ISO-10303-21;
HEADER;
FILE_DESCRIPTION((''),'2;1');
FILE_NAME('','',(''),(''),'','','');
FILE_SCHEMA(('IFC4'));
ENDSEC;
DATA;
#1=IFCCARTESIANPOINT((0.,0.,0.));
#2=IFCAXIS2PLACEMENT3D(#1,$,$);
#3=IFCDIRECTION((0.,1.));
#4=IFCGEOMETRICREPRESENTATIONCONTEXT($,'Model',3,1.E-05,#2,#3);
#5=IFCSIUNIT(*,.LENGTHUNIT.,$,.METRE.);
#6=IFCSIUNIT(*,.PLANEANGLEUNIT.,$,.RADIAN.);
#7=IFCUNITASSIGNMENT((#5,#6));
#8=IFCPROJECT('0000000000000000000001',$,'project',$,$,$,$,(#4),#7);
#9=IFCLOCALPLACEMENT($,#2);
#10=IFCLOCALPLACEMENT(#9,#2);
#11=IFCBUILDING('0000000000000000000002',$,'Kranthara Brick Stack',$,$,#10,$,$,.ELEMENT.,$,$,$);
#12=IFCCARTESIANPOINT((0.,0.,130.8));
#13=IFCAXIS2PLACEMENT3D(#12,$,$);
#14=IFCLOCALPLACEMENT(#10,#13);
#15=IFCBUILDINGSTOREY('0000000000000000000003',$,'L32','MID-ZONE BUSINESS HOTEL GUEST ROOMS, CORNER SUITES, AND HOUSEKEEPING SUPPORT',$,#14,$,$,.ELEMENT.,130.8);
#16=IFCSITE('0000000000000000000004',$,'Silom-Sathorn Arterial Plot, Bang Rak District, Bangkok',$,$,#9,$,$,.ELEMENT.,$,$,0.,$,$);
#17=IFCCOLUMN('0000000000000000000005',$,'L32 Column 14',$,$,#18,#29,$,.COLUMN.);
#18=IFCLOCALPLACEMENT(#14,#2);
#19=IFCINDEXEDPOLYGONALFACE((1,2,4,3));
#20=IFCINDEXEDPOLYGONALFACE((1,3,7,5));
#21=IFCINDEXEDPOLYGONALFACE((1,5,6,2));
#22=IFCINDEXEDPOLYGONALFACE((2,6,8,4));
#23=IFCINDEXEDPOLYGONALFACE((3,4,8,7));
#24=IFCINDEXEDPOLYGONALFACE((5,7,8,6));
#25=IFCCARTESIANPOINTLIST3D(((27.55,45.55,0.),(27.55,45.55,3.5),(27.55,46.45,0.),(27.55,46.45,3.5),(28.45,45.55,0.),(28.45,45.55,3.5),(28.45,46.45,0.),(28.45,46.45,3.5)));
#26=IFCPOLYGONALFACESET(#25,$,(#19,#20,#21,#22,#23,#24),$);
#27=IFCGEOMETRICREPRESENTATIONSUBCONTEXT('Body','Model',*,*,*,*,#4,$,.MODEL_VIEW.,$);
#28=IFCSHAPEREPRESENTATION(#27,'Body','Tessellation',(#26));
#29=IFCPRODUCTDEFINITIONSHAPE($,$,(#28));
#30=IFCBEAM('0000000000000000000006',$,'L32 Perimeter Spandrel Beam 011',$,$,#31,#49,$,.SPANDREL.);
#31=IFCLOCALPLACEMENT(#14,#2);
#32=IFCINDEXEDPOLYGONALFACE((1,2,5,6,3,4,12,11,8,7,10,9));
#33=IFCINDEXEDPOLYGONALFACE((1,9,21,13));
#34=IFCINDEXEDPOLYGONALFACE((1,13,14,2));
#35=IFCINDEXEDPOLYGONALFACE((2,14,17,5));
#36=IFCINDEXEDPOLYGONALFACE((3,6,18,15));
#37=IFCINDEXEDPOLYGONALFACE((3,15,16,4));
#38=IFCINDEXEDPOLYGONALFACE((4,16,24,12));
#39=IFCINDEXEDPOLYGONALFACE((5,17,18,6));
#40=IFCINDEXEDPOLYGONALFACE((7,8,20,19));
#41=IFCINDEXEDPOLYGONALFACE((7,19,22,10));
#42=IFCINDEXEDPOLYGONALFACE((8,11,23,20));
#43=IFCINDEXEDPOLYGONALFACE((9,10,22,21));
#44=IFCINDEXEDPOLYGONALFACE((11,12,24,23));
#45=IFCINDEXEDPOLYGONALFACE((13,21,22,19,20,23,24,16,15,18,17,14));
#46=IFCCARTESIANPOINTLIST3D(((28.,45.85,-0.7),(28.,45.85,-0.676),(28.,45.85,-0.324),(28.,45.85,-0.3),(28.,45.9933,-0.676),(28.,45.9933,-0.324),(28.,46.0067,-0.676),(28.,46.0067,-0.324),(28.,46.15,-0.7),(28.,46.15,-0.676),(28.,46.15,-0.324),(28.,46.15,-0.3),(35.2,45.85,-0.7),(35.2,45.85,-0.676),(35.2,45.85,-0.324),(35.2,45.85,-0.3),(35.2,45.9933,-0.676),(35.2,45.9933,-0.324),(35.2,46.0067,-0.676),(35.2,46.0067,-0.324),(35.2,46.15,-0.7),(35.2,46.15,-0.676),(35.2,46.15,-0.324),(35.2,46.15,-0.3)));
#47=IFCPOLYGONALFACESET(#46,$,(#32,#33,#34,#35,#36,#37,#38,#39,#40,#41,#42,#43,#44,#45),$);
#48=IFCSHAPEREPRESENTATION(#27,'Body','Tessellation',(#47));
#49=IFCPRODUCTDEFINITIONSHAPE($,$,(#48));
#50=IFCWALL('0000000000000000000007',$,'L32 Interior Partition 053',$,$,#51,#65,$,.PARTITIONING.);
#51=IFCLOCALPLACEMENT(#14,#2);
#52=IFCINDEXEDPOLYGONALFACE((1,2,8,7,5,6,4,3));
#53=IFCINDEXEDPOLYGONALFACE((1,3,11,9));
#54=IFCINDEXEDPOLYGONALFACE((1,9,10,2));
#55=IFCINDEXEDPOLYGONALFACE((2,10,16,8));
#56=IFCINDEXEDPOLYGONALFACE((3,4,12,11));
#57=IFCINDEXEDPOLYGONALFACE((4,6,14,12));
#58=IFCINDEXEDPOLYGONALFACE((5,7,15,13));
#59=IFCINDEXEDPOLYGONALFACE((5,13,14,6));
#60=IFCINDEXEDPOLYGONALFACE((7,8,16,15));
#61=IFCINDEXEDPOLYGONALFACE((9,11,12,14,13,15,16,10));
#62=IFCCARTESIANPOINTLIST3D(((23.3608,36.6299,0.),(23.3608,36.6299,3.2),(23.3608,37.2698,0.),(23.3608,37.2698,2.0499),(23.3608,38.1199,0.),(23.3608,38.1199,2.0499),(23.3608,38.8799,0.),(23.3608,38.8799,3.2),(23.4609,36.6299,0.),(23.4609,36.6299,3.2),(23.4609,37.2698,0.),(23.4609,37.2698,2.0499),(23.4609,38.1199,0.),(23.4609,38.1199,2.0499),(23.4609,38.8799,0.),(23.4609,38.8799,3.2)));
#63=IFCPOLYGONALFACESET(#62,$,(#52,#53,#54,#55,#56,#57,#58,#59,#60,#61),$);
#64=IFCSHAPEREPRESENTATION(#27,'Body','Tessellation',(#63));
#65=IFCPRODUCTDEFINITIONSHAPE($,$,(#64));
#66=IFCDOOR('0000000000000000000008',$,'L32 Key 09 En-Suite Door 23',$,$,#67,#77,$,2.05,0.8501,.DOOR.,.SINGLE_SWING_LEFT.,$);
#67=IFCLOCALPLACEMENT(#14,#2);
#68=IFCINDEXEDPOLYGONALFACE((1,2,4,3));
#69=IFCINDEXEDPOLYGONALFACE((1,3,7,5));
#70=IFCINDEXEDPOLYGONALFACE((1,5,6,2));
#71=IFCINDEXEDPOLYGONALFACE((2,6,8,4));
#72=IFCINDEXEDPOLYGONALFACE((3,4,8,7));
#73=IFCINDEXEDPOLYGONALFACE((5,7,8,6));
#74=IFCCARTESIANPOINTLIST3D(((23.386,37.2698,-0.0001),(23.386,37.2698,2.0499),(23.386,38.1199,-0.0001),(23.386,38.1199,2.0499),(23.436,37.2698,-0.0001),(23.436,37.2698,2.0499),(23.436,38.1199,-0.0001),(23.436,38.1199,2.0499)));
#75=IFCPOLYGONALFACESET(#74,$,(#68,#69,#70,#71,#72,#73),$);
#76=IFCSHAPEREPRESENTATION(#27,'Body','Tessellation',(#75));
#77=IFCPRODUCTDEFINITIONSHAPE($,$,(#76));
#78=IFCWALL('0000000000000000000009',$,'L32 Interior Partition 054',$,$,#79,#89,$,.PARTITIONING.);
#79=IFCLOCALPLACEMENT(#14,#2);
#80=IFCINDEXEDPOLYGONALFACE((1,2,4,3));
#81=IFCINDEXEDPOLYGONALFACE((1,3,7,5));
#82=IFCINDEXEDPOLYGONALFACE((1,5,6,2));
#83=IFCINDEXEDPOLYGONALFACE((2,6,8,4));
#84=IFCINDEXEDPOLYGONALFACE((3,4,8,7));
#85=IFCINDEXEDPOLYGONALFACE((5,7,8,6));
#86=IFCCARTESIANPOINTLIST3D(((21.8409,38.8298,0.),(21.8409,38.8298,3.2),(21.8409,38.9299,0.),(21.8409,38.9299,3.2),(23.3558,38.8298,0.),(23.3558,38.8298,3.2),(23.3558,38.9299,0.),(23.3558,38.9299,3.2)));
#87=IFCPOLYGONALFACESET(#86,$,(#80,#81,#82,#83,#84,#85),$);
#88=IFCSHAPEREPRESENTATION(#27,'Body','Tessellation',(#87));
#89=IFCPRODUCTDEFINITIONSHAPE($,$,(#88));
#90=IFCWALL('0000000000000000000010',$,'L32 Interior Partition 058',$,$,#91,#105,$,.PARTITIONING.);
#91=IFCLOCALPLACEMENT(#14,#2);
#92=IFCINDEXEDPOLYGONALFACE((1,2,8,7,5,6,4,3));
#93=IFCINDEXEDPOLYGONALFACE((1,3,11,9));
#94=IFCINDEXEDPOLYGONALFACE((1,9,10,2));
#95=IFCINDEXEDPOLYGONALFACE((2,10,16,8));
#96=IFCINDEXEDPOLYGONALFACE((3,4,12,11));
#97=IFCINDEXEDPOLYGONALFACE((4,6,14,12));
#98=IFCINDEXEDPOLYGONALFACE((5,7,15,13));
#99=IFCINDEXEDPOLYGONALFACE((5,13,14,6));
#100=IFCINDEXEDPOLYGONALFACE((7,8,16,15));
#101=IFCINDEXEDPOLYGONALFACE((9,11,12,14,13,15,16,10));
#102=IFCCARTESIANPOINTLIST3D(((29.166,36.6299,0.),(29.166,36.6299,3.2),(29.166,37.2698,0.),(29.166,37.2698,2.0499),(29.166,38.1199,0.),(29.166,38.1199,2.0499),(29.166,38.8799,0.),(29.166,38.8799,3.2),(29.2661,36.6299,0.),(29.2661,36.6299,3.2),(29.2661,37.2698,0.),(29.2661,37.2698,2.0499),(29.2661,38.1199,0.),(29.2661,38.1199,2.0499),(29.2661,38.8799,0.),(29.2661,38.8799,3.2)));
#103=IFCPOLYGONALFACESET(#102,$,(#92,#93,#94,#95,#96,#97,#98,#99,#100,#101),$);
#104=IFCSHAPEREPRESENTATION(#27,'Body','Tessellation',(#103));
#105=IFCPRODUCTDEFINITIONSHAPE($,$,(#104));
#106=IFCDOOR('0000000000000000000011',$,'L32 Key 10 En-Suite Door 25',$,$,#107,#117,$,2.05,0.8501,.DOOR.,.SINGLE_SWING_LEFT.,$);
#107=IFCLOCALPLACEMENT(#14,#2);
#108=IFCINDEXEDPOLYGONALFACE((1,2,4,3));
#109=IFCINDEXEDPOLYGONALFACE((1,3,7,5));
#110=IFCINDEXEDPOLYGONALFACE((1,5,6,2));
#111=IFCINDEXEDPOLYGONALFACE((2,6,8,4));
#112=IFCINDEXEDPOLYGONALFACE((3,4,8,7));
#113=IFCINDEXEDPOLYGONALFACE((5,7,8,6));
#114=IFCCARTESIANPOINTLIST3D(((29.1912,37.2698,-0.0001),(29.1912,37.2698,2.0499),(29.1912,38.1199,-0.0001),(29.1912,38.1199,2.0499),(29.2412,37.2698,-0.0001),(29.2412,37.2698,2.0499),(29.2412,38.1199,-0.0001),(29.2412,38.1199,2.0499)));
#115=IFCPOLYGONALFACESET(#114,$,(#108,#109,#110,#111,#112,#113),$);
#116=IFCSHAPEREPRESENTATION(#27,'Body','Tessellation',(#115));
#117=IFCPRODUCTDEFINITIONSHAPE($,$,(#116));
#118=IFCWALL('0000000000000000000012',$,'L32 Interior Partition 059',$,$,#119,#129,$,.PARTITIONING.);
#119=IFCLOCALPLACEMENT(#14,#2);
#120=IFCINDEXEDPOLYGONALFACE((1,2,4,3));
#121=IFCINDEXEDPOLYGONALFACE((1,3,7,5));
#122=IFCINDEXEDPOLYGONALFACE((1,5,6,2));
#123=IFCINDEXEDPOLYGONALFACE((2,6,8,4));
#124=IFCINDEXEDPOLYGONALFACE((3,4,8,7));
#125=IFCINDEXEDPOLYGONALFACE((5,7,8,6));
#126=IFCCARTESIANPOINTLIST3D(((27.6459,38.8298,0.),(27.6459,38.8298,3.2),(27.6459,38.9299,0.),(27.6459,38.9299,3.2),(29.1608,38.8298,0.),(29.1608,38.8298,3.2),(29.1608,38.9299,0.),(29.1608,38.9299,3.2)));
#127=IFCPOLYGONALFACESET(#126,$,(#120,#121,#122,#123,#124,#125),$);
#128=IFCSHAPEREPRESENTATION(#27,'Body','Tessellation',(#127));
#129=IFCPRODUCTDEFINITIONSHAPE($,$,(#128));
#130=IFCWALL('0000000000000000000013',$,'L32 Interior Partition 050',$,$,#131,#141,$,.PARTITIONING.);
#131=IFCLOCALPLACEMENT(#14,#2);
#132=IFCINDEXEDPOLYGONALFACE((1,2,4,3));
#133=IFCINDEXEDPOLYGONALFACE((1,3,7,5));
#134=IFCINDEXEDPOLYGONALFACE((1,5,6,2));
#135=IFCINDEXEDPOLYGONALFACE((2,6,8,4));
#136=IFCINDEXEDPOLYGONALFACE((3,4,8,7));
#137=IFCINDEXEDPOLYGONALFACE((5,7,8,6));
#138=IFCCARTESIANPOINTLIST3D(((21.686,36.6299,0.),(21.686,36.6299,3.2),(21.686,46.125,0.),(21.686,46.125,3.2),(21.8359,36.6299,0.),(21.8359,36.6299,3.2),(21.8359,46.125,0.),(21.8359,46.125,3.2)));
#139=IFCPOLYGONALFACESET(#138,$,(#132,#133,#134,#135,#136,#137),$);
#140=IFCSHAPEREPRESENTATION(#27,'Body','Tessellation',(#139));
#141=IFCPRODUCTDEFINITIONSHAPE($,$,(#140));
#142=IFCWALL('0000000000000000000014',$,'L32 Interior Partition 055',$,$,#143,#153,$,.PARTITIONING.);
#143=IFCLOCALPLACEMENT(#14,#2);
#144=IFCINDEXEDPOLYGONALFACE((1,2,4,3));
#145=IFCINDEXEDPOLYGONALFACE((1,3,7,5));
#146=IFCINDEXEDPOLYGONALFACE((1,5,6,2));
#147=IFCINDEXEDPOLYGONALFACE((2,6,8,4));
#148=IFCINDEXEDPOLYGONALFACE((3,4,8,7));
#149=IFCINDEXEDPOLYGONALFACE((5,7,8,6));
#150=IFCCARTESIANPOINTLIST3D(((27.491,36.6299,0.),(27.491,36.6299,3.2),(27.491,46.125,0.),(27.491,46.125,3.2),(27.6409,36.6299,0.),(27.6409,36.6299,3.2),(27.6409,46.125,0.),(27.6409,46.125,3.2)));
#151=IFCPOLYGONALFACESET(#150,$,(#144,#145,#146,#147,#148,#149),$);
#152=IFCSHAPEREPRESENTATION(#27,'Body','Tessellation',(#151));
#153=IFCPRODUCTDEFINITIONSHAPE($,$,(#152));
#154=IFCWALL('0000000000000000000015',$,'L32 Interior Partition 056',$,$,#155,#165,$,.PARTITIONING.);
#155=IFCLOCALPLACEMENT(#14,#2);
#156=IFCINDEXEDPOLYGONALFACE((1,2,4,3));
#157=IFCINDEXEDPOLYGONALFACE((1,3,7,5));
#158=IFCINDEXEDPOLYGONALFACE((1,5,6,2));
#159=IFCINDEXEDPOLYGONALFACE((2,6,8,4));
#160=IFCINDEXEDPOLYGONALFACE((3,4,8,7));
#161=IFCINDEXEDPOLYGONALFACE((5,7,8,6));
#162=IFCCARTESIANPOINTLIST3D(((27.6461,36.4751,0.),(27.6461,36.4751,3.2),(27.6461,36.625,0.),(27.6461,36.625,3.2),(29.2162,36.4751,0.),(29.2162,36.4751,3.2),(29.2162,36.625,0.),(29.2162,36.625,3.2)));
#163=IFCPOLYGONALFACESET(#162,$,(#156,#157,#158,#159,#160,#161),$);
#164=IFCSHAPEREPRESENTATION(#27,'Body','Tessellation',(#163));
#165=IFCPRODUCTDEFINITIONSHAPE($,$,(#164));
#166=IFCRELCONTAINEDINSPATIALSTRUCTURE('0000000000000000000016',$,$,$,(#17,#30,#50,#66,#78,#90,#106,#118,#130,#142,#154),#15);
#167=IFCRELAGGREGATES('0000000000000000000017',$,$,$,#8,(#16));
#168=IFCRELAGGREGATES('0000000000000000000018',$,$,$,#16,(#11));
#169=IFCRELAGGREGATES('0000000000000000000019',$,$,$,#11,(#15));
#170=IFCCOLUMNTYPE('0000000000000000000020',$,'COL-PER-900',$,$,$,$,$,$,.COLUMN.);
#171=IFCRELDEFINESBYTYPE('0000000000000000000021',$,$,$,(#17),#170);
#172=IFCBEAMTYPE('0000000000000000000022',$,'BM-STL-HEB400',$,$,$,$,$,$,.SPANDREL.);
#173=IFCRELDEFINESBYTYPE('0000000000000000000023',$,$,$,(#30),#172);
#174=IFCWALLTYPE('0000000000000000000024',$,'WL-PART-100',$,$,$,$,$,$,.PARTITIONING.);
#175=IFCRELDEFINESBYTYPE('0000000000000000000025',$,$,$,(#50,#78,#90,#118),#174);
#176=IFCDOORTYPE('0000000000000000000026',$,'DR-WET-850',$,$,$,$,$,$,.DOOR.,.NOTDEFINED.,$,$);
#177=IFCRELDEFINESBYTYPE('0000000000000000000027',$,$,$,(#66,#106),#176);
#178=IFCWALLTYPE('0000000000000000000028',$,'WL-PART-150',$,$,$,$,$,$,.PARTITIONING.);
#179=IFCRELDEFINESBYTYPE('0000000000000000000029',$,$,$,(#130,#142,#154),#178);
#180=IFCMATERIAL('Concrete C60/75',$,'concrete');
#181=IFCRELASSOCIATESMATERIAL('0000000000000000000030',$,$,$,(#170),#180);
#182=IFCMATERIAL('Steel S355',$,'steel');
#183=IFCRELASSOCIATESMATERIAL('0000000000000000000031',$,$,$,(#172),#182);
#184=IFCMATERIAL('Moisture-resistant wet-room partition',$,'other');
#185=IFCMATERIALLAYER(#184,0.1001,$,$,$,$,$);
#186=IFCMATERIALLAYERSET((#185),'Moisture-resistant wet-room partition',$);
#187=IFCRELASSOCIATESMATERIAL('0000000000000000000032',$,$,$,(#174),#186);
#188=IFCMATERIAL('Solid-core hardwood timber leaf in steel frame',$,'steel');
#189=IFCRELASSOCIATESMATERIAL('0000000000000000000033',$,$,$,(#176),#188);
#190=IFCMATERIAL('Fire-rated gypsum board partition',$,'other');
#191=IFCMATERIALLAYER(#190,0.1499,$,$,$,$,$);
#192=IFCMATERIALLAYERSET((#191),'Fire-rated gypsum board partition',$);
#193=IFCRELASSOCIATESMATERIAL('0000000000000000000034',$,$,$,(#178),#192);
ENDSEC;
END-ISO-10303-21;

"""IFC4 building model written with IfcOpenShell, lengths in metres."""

from ifc_helpers import new_model, si_unit, direction, frame, frame_2d, origin, origin_2d, place, context, subcontext, project, spatial, rectangle, i_section, extrude, material, layer, layer_set, material_profile, profile_set, type_object, element, fill, save


model = new_model("IFC4")

# Units and contexts
model_context = context("Model", 3, precision=1e-05, world=origin(), true_north=direction((0.0, 1.0)))
body_context = subcontext(model_context, "Body", "Model", "MODEL_VIEW")
ifc_project = project(units=[si_unit("LENGTHUNIT", "METRE"), si_unit("PLANEANGLEUNIT", "RADIAN")], contexts=[model_context])

# Site, building, storey
site_placement = place(None, origin())
site = spatial("IfcSite", under=ifc_project, at=site_placement, Name="Silom-Sathorn Arterial Plot, Bang Rak District, Bangkok", CompositionType="ELEMENT", RefElevation=0.0)
building_placement = place(site_placement, origin())
building = spatial("IfcBuilding", under=site, at=building_placement, Name="Kranthara Brick Stack", CompositionType="ELEMENT")
storey_placement = place(building_placement, frame((0.0, 0.0, 130.8)))
storey = spatial("IfcBuildingStorey", under=building, at=storey_placement, Name="L32", Description="MID-ZONE BUSINESS HOTEL GUEST ROOMS, CORNER SUITES, AND HOUSEKEEPING SUPPORT", CompositionType="ELEMENT", Elevation=130.8)

# Column
ifc_material_1 = material(Name="Concrete C60/75", Category="concrete")
ifc_material_profile_1 = material_profile(ifc_material_1, rectangle(XDim=0.8999, YDim=0.8999, at=origin_2d()), Name="RC 900x900")
ifc_profile_set_1 = profile_set([ifc_material_profile_1], Name="Concrete C60/75")
column_type = type_object("IfcColumnType", Name="COL-PER-900", PredefinedType="COLUMN", material=ifc_profile_set_1)
column_placement = place(storey_placement, frame((28.0, 46.0, 0.0), z_axis=(0.0, 0.0, 1.0), x_axis=(1.0, 0.0, 0.0)))
element("IfcColumn", 1, at=column_placement, inside=storey, type_object=column_type, Name="L32 Column 14", PredefinedType="COLUMN", context=body_context, shape_type="SweptSolid", body=[
    extrude(rectangle(XDim=0.8999, YDim=0.8999, at=origin_2d()), origin(), (0.0, 0.0, 1.0), 3.5),
])

# Beam
ifc_material_2 = material(Name="Steel S355", Category="steel")
ifc_material_profile_2 = material_profile(ifc_material_2, i_section(OverallWidth=0.3, OverallDepth=0.3999, WebThickness=0.0134, FlangeThickness=0.0239, at=origin_2d()), Name="HEB 400")
ifc_profile_set_2 = profile_set([ifc_material_profile_2], Name="Steel S355")
beam_type = type_object("IfcBeamType", Name="BM-STL-HEB400", PredefinedType="SPANDREL", material=ifc_profile_set_2)
beam_placement = place(storey_placement, frame((28.0, 46.0, -0.5), z_axis=(1.0, 0.0, 0.0), x_axis=(0.0, 1.0, 0.0)))
element("IfcBeam", 2, at=beam_placement, inside=storey, type_object=beam_type, Name="L32 Perimeter Spandrel Beam 011", PredefinedType="SPANDREL", context=body_context, shape_type="SweptSolid", body=[
    extrude(i_section(OverallWidth=0.3, OverallDepth=0.3999, WebThickness=0.0134, FlangeThickness=0.0239, at=origin_2d()), origin(), (0.0, 0.0, 1.0), 7.2),
])

# Wall, opening, door
ifc_material_3 = material(Name="Moisture-resistant wet-room partition", Category="other")
ifc_layer_1 = layer(ifc_material_3, 0.1001)
ifc_layer_set_1 = layer_set([ifc_layer_1], Name="Moisture-resistant wet-room partition")
wall_type_1 = type_object("IfcWallType", Name="WL-PART-100", PredefinedType="PARTITIONING", material=ifc_layer_set_1)
wall_1_placement = place(storey_placement, frame((23.4109, 36.6299, 0.0), z_axis=(0.0, 0.0, 1.0), x_axis=(0.0, 1.0, 0.0)))
wall_1 = element("IfcWall", 3, at=wall_1_placement, inside=storey, type_object=wall_type_1, Name="L32 Interior Partition 053", PredefinedType="PARTITIONING", context=body_context, shape_type="SweptSolid", body=[
    extrude(rectangle(XDim=2.25, YDim=0.1001, at=frame_2d((1.125, 0.0))), origin(), (0.0, 0.0, 1.0), 3.2),
])
opening_1_placement = place(wall_1_placement, frame((0.6399, 0.0, 0.0)))
opening_1 = element("IfcOpeningElement", 4, at=opening_1_placement, cuts=wall_1, PredefinedType="OPENING", context=body_context, shape_type="SweptSolid", body=[
    extrude(rectangle(XDim=0.8501, YDim=2.05, at=frame_2d((0.425, 1.0249))), frame((0.0, 0.0601, 0.0), z_axis=(0.0, -1.0, 0.0), x_axis=(1.0, 0.0, 0.0)), (0.0, 0.0, 1.0), 0.1201),
])
ifc_material_4 = material(Name="Solid-core hardwood timber leaf in steel frame", Category="steel")
door_type_1 = type_object("IfcDoorType", Name="DR-WET-850", OperationType="NOTDEFINED", PredefinedType="DOOR", material=ifc_material_4)
door_1_placement = place(opening_1_placement, origin())
door_1 = element("IfcDoor", 5, at=door_1_placement, inside=storey, type_object=door_type_1, Name="L32 Key 09 En-Suite Door 23", OperationType="SINGLE_SWING_LEFT", OverallHeight=2.05, OverallWidth=0.8501, PredefinedType="DOOR", context=body_context, shape_type="SweptSolid", body=[
    extrude(rectangle(XDim=0.8501, YDim=2.05, at=frame_2d((0.425, 1.0249))), frame((0.0, 0.0249, 0.0), z_axis=(0.0, -1.0, 0.0), x_axis=(1.0, 0.0, 0.0)), (0.0, 0.0, 1.0), 0.05),
])
fill(opening_1, door_1)

# Wall
wall_2_placement = place(storey_placement, frame((21.8411, 38.8799, 0.0), z_axis=(0.0, 0.0, 1.0), x_axis=(1.0, 0.0, 0.0)))
element("IfcWall", 6, at=wall_2_placement, inside=storey, type_object=wall_type_1, Name="L32 Interior Partition 054", PredefinedType="PARTITIONING", context=body_context, shape_type="SweptSolid", body=[
    extrude(rectangle(XDim=1.5149, YDim=0.1001, at=frame_2d((0.7573, 0.0))), origin(), (0.0, 0.0, 1.0), 3.2),
])

# Wall, opening, door
wall_3_placement = place(storey_placement, frame((29.2161, 36.6299, 0.0), z_axis=(0.0, 0.0, 1.0), x_axis=(0.0, 1.0, 0.0)))
wall_3 = element("IfcWall", 7, at=wall_3_placement, inside=storey, type_object=wall_type_1, Name="L32 Interior Partition 058", PredefinedType="PARTITIONING", context=body_context, shape_type="SweptSolid", body=[
    extrude(rectangle(XDim=2.25, YDim=0.1001, at=frame_2d((1.125, 0.0))), origin(), (0.0, 0.0, 1.0), 3.2),
])
opening_2_placement = place(wall_3_placement, frame((0.6399, 0.0, 0.0)))
opening_2 = element("IfcOpeningElement", 8, at=opening_2_placement, cuts=wall_3, PredefinedType="OPENING", context=body_context, shape_type="SweptSolid", body=[
    extrude(rectangle(XDim=0.8501, YDim=2.05, at=frame_2d((0.425, 1.0249))), frame((0.0, 0.0601, 0.0), z_axis=(0.0, -1.0, 0.0), x_axis=(1.0, 0.0, 0.0)), (0.0, 0.0, 1.0), 0.1201),
])
door_2_placement = place(opening_2_placement, origin())
door_2 = element("IfcDoor", 9, at=door_2_placement, inside=storey, type_object=door_type_1, Name="L32 Key 10 En-Suite Door 25", OperationType="SINGLE_SWING_LEFT", OverallHeight=2.05, OverallWidth=0.8501, PredefinedType="DOOR", context=body_context, shape_type="SweptSolid", body=[
    extrude(rectangle(XDim=0.8501, YDim=2.05, at=frame_2d((0.425, 1.0249))), frame((0.0, 0.0249, 0.0), z_axis=(0.0, -1.0, 0.0), x_axis=(1.0, 0.0, 0.0)), (0.0, 0.0, 1.0), 0.05),
])
fill(opening_2, door_2)

# Walls
wall_4_placement = place(storey_placement, frame((27.646, 38.8799, 0.0), z_axis=(0.0, 0.0, 1.0), x_axis=(1.0, 0.0, 0.0)))
element("IfcWall", 10, at=wall_4_placement, inside=storey, type_object=wall_type_1, Name="L32 Interior Partition 059", PredefinedType="PARTITIONING", context=body_context, shape_type="SweptSolid", body=[
    extrude(rectangle(XDim=1.5149, YDim=0.1001, at=frame_2d((0.7573, 0.0))), origin(), (0.0, 0.0, 1.0), 3.2),
])
ifc_material_5 = material(Name="Fire-rated gypsum board partition", Category="other")
ifc_layer_2 = layer(ifc_material_5, 0.1499)
ifc_layer_set_2 = layer_set([ifc_layer_2], Name="Fire-rated gypsum board partition")
wall_type_2 = type_object("IfcWallType", Name="WL-PART-150", PredefinedType="PARTITIONING", material=ifc_layer_set_2)
for number, where, z_axis, x_axis, name in (
    (11, (21.761, 36.6299, 0.0), (0.0, 0.0, 1.0), (0.0, 1.0, 0.0), "L32 Interior Partition 050"),
    (12, (27.5659, 36.6299, 0.0), (0.0, 0.0, 1.0), (0.0, 1.0, 0.0), "L32 Interior Partition 055"),
):
    element("IfcWall", number, at=place(storey_placement, frame(where, z_axis=z_axis, x_axis=x_axis)), inside=storey, type_object=wall_type_2, Name=name, PredefinedType="PARTITIONING", context=body_context, shape_type="SweptSolid", body=[
        extrude(rectangle(XDim=9.4951, YDim=0.1499, at=frame_2d((4.7476, 0.0))), origin(), (0.0, 0.0, 1.0), 3.2),
    ])
wall_5_placement = place(storey_placement, frame((27.646, 36.55, 0.0), z_axis=(0.0, 0.0, 1.0), x_axis=(1.0, 0.0, 0.0)))
element("IfcWall", 13, at=wall_5_placement, inside=storey, type_object=wall_type_2, Name="L32 Interior Partition 056", PredefinedType="PARTITIONING", context=body_context, shape_type="SweptSolid", body=[
    extrude(rectangle(XDim=1.5701, YDim=0.1499, at=frame_2d((0.7852, 0.0))), origin(), (0.0, 0.0, 1.0), 3.2),
])

save(model, "model.ifc")
